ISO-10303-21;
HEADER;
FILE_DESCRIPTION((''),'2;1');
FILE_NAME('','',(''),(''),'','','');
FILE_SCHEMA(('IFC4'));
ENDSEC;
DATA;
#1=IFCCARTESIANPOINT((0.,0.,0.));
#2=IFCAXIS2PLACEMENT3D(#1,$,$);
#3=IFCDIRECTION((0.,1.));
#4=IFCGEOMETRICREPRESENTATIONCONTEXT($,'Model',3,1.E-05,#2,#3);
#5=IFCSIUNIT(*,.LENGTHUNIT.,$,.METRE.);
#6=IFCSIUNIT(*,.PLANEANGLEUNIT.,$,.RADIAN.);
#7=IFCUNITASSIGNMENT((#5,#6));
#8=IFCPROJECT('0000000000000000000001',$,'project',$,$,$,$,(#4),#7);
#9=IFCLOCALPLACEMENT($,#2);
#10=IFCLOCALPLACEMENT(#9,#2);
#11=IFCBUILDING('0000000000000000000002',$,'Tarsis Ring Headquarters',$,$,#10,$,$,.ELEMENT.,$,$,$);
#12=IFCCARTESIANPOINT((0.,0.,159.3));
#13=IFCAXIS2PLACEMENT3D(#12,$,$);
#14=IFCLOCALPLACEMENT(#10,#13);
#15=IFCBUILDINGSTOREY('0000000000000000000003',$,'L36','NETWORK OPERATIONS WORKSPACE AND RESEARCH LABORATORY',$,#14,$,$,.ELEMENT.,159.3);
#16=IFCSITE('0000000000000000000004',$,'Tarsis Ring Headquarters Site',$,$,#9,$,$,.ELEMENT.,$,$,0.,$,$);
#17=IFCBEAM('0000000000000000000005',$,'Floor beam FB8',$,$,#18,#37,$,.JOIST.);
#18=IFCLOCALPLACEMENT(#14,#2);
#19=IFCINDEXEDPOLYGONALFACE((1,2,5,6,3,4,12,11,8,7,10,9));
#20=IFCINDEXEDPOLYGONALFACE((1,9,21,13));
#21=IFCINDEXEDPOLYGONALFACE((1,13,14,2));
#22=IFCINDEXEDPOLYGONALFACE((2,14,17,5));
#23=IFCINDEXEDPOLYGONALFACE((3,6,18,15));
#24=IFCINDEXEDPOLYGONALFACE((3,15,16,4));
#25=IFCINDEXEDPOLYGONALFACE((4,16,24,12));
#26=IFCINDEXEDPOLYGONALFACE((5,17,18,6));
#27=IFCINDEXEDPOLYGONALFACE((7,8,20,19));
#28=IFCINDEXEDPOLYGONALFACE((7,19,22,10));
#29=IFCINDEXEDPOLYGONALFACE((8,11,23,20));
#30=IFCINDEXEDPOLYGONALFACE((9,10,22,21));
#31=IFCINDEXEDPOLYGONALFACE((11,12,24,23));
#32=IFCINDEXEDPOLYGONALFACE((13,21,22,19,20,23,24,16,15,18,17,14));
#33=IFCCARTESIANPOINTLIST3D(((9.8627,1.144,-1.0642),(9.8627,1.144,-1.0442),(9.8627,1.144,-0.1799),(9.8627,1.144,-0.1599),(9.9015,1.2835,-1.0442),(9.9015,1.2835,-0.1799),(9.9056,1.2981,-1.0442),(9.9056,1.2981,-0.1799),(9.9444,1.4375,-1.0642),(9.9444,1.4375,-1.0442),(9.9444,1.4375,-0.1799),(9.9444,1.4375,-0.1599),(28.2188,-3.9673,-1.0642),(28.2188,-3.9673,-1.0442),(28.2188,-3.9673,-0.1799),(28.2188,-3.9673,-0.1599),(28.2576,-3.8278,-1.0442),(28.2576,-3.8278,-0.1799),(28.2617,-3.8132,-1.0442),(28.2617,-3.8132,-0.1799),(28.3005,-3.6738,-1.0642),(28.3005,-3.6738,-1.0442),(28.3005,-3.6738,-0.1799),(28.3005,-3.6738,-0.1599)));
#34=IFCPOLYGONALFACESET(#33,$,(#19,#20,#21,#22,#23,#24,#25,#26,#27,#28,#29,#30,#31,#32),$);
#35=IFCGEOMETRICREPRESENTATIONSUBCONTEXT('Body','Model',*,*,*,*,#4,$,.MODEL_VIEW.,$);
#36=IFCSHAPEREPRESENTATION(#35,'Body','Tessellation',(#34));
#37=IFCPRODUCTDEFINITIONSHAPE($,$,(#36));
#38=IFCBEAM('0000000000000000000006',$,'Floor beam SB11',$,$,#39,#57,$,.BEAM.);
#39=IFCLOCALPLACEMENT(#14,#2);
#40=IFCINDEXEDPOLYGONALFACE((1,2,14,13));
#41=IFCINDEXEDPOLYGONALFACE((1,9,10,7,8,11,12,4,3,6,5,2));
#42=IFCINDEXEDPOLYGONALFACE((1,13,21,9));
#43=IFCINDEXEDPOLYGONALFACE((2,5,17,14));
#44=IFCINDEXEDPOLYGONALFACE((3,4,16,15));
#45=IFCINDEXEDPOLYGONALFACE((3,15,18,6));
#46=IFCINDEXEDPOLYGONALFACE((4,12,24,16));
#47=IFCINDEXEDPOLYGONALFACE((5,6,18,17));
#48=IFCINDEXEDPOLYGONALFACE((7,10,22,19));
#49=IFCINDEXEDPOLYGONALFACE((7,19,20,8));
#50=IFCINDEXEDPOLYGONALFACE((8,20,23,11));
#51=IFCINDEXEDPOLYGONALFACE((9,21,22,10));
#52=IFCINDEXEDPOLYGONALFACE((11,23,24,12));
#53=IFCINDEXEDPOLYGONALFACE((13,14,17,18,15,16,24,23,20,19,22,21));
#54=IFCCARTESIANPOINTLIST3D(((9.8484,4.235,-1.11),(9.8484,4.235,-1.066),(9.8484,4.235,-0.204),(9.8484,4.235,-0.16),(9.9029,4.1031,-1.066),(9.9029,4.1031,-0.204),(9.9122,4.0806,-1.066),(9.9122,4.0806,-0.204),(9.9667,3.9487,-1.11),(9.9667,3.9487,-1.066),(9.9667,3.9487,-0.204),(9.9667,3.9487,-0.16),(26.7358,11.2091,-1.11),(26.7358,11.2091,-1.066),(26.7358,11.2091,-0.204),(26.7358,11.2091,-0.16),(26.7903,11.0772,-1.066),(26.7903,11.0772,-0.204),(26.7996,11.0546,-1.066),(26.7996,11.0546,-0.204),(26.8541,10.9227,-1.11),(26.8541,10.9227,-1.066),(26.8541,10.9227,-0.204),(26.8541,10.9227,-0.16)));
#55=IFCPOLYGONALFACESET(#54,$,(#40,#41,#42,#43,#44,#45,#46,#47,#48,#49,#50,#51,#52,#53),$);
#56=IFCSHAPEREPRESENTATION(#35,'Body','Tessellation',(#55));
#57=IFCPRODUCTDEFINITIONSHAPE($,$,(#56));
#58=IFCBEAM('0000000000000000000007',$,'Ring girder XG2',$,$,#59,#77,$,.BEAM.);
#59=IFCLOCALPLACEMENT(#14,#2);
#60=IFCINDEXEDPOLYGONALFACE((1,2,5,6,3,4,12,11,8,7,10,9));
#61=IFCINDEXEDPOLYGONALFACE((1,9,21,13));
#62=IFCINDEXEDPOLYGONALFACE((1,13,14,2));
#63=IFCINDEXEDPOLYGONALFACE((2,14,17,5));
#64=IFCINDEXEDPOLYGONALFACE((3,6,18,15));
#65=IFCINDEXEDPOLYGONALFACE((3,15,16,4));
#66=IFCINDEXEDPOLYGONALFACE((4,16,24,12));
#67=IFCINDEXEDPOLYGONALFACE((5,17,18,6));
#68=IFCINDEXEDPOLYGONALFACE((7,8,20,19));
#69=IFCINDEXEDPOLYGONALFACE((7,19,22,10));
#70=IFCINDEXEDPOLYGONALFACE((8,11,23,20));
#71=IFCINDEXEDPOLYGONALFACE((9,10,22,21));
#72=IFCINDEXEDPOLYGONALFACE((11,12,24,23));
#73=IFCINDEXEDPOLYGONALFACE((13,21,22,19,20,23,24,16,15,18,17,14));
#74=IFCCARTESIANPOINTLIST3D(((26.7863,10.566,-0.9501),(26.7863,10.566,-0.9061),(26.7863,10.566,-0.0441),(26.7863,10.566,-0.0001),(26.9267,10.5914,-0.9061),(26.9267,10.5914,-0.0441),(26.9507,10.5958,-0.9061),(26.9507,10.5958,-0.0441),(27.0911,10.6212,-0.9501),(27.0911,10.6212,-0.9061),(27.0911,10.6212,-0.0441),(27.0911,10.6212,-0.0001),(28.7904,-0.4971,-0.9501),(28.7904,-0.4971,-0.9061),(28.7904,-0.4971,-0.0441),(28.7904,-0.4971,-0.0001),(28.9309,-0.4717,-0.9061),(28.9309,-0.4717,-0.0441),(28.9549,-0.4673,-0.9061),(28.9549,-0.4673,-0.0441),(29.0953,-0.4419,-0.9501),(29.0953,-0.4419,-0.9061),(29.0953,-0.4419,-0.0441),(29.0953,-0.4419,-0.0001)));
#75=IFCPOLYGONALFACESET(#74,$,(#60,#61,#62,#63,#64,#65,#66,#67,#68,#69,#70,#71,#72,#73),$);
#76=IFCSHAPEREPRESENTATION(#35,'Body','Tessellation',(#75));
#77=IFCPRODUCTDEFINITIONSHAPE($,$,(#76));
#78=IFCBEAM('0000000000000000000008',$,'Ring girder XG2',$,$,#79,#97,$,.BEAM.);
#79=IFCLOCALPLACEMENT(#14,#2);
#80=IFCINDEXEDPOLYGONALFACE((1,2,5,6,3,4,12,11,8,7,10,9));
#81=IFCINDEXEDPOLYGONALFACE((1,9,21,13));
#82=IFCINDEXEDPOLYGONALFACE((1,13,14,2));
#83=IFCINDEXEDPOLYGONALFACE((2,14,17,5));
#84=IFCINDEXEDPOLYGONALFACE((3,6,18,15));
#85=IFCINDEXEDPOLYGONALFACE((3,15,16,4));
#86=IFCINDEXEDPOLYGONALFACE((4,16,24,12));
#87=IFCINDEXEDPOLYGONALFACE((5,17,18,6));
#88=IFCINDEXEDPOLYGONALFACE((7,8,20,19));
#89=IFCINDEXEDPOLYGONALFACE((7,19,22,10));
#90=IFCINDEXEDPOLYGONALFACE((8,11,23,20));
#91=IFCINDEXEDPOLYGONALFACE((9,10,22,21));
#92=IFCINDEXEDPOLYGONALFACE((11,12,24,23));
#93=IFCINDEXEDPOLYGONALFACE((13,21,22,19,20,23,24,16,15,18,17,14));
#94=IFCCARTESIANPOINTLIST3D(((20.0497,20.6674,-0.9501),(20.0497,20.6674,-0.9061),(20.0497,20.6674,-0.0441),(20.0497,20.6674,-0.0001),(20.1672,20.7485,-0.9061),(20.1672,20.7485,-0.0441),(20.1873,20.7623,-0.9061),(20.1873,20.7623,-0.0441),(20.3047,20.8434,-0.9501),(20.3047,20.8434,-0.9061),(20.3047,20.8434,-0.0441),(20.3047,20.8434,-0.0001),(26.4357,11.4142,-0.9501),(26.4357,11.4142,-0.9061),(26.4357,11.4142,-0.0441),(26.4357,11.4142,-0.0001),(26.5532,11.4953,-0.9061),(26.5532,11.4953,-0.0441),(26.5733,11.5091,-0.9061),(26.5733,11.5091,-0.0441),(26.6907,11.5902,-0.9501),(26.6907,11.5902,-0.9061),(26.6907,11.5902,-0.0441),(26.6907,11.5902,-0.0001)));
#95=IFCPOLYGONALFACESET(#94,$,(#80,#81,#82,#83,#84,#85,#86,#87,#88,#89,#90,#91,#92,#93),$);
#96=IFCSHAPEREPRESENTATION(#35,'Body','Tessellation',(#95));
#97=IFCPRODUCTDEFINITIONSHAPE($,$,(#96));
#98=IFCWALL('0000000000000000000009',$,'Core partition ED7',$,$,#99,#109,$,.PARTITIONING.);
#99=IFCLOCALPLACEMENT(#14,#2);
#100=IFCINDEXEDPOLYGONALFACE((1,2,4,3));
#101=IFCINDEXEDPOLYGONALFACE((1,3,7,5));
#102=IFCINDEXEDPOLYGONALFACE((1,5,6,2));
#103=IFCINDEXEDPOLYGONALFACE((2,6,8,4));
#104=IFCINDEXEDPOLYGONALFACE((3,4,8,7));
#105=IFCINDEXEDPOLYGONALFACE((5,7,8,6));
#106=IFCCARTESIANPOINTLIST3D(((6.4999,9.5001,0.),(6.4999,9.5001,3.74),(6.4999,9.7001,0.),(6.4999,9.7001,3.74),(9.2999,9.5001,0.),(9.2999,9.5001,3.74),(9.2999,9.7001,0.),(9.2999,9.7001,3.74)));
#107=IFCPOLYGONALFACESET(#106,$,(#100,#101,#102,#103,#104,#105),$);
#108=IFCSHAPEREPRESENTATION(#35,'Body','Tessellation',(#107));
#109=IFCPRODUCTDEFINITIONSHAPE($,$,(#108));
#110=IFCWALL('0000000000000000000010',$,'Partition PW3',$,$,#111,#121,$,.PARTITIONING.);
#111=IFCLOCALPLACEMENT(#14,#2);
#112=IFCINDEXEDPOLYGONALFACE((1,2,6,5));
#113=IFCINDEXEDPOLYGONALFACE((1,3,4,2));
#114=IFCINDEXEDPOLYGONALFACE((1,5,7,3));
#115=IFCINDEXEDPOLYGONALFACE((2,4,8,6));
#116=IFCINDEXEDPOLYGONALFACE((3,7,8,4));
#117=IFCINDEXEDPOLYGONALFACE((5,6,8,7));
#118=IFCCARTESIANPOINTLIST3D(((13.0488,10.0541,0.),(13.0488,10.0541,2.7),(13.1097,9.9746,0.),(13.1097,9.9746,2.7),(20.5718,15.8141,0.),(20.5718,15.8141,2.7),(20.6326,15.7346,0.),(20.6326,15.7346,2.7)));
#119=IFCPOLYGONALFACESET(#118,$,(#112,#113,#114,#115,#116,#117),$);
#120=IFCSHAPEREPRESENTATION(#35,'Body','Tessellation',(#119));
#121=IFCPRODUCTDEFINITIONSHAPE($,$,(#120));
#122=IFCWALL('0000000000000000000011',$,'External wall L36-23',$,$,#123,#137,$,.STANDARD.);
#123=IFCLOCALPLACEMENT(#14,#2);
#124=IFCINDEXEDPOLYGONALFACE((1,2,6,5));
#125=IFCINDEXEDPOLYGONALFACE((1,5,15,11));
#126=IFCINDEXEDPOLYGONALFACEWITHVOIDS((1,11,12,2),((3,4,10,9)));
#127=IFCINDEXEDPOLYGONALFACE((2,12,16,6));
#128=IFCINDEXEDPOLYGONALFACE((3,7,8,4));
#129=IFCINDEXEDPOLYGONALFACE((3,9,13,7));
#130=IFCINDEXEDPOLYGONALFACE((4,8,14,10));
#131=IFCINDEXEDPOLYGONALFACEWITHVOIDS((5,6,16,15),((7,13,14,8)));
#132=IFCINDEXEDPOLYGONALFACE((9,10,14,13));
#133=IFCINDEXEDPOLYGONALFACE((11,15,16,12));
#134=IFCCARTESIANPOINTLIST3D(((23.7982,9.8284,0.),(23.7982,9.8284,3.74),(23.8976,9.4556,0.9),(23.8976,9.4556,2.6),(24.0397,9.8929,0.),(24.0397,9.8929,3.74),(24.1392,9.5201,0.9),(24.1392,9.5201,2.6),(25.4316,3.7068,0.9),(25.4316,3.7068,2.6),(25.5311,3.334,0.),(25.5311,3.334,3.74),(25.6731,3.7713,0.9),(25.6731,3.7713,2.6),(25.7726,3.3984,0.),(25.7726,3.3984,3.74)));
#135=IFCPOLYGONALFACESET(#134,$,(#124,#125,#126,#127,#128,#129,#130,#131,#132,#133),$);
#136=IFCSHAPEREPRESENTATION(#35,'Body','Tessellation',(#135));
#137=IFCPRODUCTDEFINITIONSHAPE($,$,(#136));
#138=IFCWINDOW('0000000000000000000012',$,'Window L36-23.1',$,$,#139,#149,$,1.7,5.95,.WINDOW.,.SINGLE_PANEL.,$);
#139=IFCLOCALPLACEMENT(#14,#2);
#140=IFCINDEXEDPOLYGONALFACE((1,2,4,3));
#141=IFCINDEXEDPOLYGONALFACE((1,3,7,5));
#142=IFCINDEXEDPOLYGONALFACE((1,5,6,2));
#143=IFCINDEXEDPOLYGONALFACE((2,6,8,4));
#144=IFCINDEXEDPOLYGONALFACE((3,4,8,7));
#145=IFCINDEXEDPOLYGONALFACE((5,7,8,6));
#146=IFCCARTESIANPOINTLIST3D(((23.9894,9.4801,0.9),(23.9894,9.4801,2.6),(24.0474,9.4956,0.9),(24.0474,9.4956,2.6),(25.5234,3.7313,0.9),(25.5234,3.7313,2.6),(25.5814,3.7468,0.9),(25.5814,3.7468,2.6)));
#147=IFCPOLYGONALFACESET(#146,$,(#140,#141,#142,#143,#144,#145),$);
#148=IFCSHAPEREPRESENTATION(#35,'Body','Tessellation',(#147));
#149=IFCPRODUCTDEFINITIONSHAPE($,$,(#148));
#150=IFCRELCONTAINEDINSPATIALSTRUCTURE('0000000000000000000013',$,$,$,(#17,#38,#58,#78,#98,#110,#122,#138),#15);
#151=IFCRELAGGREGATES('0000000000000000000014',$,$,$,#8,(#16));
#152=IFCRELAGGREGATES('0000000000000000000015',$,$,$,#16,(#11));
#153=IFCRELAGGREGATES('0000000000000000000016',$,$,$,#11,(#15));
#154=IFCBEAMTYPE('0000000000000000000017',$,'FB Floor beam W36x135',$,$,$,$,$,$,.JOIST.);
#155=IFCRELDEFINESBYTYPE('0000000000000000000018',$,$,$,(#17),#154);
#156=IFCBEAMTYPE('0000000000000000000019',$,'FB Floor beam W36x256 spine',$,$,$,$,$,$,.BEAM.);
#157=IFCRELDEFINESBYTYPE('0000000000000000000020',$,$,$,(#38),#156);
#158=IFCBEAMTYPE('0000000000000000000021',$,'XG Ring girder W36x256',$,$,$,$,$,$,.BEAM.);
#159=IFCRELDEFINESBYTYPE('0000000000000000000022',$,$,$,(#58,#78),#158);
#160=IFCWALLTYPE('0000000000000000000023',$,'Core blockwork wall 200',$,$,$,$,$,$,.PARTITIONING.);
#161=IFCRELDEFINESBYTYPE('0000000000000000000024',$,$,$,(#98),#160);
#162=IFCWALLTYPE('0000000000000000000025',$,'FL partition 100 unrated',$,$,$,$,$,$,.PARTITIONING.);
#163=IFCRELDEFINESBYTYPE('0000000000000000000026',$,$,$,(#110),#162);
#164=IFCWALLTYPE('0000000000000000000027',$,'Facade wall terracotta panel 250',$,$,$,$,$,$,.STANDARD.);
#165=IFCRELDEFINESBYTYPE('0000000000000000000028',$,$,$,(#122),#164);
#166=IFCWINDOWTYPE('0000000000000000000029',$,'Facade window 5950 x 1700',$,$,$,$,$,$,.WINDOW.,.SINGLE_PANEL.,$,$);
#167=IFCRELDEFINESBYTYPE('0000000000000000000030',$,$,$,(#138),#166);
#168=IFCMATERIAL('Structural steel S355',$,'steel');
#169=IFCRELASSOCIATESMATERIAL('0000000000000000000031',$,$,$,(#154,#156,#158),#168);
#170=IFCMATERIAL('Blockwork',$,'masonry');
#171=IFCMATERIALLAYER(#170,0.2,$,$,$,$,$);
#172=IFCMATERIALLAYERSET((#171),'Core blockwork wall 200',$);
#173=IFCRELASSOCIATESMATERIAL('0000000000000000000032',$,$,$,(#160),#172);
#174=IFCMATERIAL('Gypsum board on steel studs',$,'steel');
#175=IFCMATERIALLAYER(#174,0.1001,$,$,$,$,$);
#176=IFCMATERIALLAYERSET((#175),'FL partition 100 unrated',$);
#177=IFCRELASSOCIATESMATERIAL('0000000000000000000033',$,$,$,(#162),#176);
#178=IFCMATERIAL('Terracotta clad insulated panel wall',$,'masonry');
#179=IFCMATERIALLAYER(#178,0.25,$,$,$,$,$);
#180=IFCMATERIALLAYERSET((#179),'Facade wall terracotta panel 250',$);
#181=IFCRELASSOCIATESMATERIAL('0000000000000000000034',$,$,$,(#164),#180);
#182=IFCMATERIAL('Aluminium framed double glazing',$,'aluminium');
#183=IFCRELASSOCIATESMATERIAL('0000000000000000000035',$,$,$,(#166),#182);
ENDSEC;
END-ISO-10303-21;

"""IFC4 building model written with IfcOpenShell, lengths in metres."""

from ifc_helpers import new_model, si_unit, direction, frame, frame_2d, origin, origin_2d, place, context, subcontext, project, spatial, rectangle, i_section, extrude, material, layer, layer_set, material_profile, profile_set, type_object, element, fill, save


model = new_model("IFC4")

# Units and contexts
model_context = context("Model", 3, precision=1e-05, world=origin(), true_north=direction((0.0, 1.0)))
body_context = subcontext(model_context, "Body", "Model", "MODEL_VIEW")
ifc_project = project(units=[si_unit("LENGTHUNIT", "METRE"), si_unit("PLANEANGLEUNIT", "RADIAN")], contexts=[model_context])

# Site, building, storey
site_placement = place(None, origin())
site = spatial("IfcSite", under=ifc_project, at=site_placement, Name="Tarsis Ring Headquarters Site", CompositionType="ELEMENT", RefElevation=0.0)
building_placement = place(site_placement, origin())
building = spatial("IfcBuilding", under=site, at=building_placement, Name="Tarsis Ring Headquarters", CompositionType="ELEMENT")
storey_placement = place(building_placement, frame((0.0, 0.0, 159.3)))
storey = spatial("IfcBuildingStorey", under=building, at=storey_placement, Name="L36", Description="NETWORK OPERATIONS WORKSPACE AND RESEARCH LABORATORY", CompositionType="ELEMENT", Elevation=159.3)

# Shared definitions
ifc_material_1 = material(Name="Structural steel S355", Category="steel")

# Beams
ifc_material_profile_1 = material_profile(ifc_material_1, i_section(OverallWidth=0.3047, OverallDepth=0.9043, WebThickness=0.0151, FlangeThickness=0.02, at=origin_2d()), Name="W36x135")
ifc_profile_set_1 = profile_set([ifc_material_profile_1], Name="Structural steel S355")
beam_type_1 = type_object("IfcBeamType", Name="FB Floor beam W36x135", PredefinedType="JOIST", material=ifc_profile_set_1)
beam_1_placement = place(storey_placement, frame((9.9036, 1.2908, -0.6121), z_axis=(0.96335, -0.268247, 0.0), x_axis=(0.268247, 0.96335, 0.0)))
element("IfcBeam", 1, at=beam_1_placement, inside=storey, type_object=beam_type_1, Name="Floor beam FB8", PredefinedType="JOIST", context=body_context, shape_type="SweptSolid", body=[
    extrude(i_section(OverallWidth=0.3047, OverallDepth=0.9043, WebThickness=0.0151, FlangeThickness=0.02, at=origin_2d()), origin(), (0.0, 0.0, 1.0), 19.0544),
])
ifc_material_profile_2 = material_profile(ifc_material_1, i_section(OverallWidth=0.3098, OverallDepth=0.95, WebThickness=0.0244, FlangeThickness=0.0439, at=origin_2d()), Name="W36x256")
ifc_profile_set_2 = profile_set([ifc_material_profile_2], Name="Structural steel S355")
beam_type_2 = type_object("IfcBeamType", Name="FB Floor beam W36x256 spine", PredefinedType="BEAM", material=ifc_profile_set_2)
beam_2_placement = place(storey_placement, frame((26.7949, 11.0659, -0.635), z_axis=(-0.924283, -0.381707, 0.0), x_axis=(0.381707, -0.924283, 0.0)))
element("IfcBeam", 2, at=beam_2_placement, inside=storey, type_object=beam_type_2, Name="Floor beam SB11", PredefinedType="BEAM", context=body_context, shape_type="SweptSolid", body=[
    extrude(i_section(OverallWidth=0.3098, OverallDepth=0.95, WebThickness=0.0244, FlangeThickness=0.0439, at=origin_2d()), origin(), (0.0, 0.0, 1.0), 18.2708),
])
beam_type_3 = type_object("IfcBeamType", Name="XG Ring girder W36x256", PredefinedType="BEAM", material=ifc_profile_set_2)
beam_3_placement = place(storey_placement, frame((28.9429, -0.4695, -0.4751), z_axis=(-0.178257, 0.983984, 0.0), x_axis=(-0.983984, -0.178257, 0.0)))
element("IfcBeam", 3, at=beam_3_placement, inside=storey, type_object=beam_type_3, Name="Ring girder XG2", PredefinedType="BEAM", context=body_context, shape_type="SweptSolid", body=[
    extrude(i_section(OverallWidth=0.3098, OverallDepth=0.95, WebThickness=0.0244, FlangeThickness=0.0439, at=origin_2d()), origin(), (0.0, 0.0, 1.0), 11.2432),
])
beam_4_placement = place(storey_placement, frame((26.5632, 11.5022, -0.4751), z_axis=(-0.568003, 0.823026, 0.0), x_axis=(-0.823026, -0.568003, 0.0)))
element("IfcBeam", 4, at=beam_4_placement, inside=storey, type_object=beam_type_3, Name="Ring girder XG2", PredefinedType="BEAM", context=body_context, shape_type="SweptSolid", body=[
    extrude(i_section(OverallWidth=0.3098, OverallDepth=0.95, WebThickness=0.0244, FlangeThickness=0.0439, at=origin_2d()), origin(), (0.0, 0.0, 1.0), 11.2429),
])

# Walls
ifc_material_2 = material(Name="Blockwork", Category="masonry")
ifc_layer_1 = layer(ifc_material_2, 0.2)
ifc_layer_set_1 = layer_set([ifc_layer_1], Name="Core blockwork wall 200")
wall_type_1 = type_object("IfcWallType", Name="Core blockwork wall 200", PredefinedType="PARTITIONING", material=ifc_layer_set_1)
wall_1_placement = place(storey_placement, frame((6.5, 9.6001, 0.0), z_axis=(0.0, 0.0, 1.0), x_axis=(1.0, 0.0, 0.0)))
element("IfcWall", 5, at=wall_1_placement, inside=storey, type_object=wall_type_1, Name="Core partition ED7", PredefinedType="PARTITIONING", context=body_context, shape_type="SweptSolid", body=[
    extrude(rectangle(XDim=2.8, YDim=0.2, at=frame_2d((1.3999, 0.0))), origin(), (0.0, 0.0, 1.0), 3.74),
])
ifc_material_3 = material(Name="Gypsum board on steel studs", Category="steel")
ifc_layer_2 = layer(ifc_material_3, 0.1001)
ifc_layer_set_2 = layer_set([ifc_layer_2], Name="FL partition 100 unrated")
wall_type_2 = type_object("IfcWallType", Name="FL partition 100 unrated", PredefinedType="PARTITIONING", material=ifc_layer_set_2)
wall_2_placement = place(storey_placement, frame((13.0793, 10.0144, 0.0), z_axis=(0.0, 0.0, 1.0), x_axis=(0.793993, 0.607927, 0.0)))
element("IfcWall", 6, at=wall_2_placement, inside=storey, type_object=wall_type_2, Name="Partition PW3", PredefinedType="PARTITIONING", context=body_context, shape_type="SweptSolid", body=[
    extrude(rectangle(XDim=9.4749, YDim=0.1001, at=frame_2d((4.7373, 0.0))), origin(), (0.0, 0.0, 1.0), 2.7),
])

# Wall, opening, window
ifc_material_4 = material(Name="Terracotta clad insulated panel wall", Category="masonry")
ifc_layer_3 = layer(ifc_material_4, 0.25)
ifc_layer_set_3 = layer_set([ifc_layer_3], Name="Facade wall terracotta panel 250")
wall_type_3 = type_object("IfcWallType", Name="Facade wall terracotta panel 250", PredefinedType="STANDARD", material=ifc_layer_set_3)
wall_3_placement = place(storey_placement, frame((25.6519, 3.3662, 0.0), z_axis=(0.0, 0.0, 1.0), x_axis=(-0.257812, 0.966195, 0.0)))
wall_3 = element("IfcWall", 7, at=wall_3_placement, inside=storey, type_object=wall_type_3, Name="External wall L36-23", PredefinedType="STANDARD", context=body_context, shape_type="SweptSolid", body=[
    extrude(rectangle(XDim=6.7217, YDim=0.25, at=frame_2d((3.3608, 0.0))), origin(), (0.0, 0.0, 1.0), 3.74),
])
opening_1_placement = place(wall_3_placement, frame((0.3857, 0.0, 0.8999)))
opening_1 = element("IfcOpeningElement", 8, at=opening_1_placement, cuts=wall_3, PredefinedType="OPENING", context=body_context, shape_type="SweptSolid", body=[
    extrude(rectangle(XDim=5.95, YDim=1.7, at=frame_2d((2.9751, 0.8501))), frame((0.0, 0.135, 0.0), z_axis=(0.0, -1.0, 0.0), x_axis=(1.0, 0.0, 0.0)), (0.0, 0.0, 1.0), 0.27),
])
ifc_material_5 = material(Name="Aluminium framed double glazing", Category="aluminium")
window_type = type_object("IfcWindowType", Name="Facade window 5950 x 1700", PartitioningType="SINGLE_PANEL", PredefinedType="WINDOW", material=ifc_material_5)
window_1_placement = place(opening_1_placement, origin())
window_1 = element("IfcWindow", 9, at=window_1_placement, inside=storey, type_object=window_type, Name="Window L36-23.1", OverallHeight=1.7, OverallWidth=5.95, PartitioningType="SINGLE_PANEL", PredefinedType="WINDOW", context=body_context, shape_type="SweptSolid", body=[
    extrude(rectangle(XDim=5.95, YDim=1.7, at=frame_2d((2.9751, 0.8501))), frame((0.0, 0.03, 0.0), z_axis=(0.0, -1.0, 0.0), x_axis=(1.0, 0.0, 0.0)), (0.0, 0.0, 1.0), 0.0601),
])
fill(opening_1, window_1)

save(model, "model.ifc")
